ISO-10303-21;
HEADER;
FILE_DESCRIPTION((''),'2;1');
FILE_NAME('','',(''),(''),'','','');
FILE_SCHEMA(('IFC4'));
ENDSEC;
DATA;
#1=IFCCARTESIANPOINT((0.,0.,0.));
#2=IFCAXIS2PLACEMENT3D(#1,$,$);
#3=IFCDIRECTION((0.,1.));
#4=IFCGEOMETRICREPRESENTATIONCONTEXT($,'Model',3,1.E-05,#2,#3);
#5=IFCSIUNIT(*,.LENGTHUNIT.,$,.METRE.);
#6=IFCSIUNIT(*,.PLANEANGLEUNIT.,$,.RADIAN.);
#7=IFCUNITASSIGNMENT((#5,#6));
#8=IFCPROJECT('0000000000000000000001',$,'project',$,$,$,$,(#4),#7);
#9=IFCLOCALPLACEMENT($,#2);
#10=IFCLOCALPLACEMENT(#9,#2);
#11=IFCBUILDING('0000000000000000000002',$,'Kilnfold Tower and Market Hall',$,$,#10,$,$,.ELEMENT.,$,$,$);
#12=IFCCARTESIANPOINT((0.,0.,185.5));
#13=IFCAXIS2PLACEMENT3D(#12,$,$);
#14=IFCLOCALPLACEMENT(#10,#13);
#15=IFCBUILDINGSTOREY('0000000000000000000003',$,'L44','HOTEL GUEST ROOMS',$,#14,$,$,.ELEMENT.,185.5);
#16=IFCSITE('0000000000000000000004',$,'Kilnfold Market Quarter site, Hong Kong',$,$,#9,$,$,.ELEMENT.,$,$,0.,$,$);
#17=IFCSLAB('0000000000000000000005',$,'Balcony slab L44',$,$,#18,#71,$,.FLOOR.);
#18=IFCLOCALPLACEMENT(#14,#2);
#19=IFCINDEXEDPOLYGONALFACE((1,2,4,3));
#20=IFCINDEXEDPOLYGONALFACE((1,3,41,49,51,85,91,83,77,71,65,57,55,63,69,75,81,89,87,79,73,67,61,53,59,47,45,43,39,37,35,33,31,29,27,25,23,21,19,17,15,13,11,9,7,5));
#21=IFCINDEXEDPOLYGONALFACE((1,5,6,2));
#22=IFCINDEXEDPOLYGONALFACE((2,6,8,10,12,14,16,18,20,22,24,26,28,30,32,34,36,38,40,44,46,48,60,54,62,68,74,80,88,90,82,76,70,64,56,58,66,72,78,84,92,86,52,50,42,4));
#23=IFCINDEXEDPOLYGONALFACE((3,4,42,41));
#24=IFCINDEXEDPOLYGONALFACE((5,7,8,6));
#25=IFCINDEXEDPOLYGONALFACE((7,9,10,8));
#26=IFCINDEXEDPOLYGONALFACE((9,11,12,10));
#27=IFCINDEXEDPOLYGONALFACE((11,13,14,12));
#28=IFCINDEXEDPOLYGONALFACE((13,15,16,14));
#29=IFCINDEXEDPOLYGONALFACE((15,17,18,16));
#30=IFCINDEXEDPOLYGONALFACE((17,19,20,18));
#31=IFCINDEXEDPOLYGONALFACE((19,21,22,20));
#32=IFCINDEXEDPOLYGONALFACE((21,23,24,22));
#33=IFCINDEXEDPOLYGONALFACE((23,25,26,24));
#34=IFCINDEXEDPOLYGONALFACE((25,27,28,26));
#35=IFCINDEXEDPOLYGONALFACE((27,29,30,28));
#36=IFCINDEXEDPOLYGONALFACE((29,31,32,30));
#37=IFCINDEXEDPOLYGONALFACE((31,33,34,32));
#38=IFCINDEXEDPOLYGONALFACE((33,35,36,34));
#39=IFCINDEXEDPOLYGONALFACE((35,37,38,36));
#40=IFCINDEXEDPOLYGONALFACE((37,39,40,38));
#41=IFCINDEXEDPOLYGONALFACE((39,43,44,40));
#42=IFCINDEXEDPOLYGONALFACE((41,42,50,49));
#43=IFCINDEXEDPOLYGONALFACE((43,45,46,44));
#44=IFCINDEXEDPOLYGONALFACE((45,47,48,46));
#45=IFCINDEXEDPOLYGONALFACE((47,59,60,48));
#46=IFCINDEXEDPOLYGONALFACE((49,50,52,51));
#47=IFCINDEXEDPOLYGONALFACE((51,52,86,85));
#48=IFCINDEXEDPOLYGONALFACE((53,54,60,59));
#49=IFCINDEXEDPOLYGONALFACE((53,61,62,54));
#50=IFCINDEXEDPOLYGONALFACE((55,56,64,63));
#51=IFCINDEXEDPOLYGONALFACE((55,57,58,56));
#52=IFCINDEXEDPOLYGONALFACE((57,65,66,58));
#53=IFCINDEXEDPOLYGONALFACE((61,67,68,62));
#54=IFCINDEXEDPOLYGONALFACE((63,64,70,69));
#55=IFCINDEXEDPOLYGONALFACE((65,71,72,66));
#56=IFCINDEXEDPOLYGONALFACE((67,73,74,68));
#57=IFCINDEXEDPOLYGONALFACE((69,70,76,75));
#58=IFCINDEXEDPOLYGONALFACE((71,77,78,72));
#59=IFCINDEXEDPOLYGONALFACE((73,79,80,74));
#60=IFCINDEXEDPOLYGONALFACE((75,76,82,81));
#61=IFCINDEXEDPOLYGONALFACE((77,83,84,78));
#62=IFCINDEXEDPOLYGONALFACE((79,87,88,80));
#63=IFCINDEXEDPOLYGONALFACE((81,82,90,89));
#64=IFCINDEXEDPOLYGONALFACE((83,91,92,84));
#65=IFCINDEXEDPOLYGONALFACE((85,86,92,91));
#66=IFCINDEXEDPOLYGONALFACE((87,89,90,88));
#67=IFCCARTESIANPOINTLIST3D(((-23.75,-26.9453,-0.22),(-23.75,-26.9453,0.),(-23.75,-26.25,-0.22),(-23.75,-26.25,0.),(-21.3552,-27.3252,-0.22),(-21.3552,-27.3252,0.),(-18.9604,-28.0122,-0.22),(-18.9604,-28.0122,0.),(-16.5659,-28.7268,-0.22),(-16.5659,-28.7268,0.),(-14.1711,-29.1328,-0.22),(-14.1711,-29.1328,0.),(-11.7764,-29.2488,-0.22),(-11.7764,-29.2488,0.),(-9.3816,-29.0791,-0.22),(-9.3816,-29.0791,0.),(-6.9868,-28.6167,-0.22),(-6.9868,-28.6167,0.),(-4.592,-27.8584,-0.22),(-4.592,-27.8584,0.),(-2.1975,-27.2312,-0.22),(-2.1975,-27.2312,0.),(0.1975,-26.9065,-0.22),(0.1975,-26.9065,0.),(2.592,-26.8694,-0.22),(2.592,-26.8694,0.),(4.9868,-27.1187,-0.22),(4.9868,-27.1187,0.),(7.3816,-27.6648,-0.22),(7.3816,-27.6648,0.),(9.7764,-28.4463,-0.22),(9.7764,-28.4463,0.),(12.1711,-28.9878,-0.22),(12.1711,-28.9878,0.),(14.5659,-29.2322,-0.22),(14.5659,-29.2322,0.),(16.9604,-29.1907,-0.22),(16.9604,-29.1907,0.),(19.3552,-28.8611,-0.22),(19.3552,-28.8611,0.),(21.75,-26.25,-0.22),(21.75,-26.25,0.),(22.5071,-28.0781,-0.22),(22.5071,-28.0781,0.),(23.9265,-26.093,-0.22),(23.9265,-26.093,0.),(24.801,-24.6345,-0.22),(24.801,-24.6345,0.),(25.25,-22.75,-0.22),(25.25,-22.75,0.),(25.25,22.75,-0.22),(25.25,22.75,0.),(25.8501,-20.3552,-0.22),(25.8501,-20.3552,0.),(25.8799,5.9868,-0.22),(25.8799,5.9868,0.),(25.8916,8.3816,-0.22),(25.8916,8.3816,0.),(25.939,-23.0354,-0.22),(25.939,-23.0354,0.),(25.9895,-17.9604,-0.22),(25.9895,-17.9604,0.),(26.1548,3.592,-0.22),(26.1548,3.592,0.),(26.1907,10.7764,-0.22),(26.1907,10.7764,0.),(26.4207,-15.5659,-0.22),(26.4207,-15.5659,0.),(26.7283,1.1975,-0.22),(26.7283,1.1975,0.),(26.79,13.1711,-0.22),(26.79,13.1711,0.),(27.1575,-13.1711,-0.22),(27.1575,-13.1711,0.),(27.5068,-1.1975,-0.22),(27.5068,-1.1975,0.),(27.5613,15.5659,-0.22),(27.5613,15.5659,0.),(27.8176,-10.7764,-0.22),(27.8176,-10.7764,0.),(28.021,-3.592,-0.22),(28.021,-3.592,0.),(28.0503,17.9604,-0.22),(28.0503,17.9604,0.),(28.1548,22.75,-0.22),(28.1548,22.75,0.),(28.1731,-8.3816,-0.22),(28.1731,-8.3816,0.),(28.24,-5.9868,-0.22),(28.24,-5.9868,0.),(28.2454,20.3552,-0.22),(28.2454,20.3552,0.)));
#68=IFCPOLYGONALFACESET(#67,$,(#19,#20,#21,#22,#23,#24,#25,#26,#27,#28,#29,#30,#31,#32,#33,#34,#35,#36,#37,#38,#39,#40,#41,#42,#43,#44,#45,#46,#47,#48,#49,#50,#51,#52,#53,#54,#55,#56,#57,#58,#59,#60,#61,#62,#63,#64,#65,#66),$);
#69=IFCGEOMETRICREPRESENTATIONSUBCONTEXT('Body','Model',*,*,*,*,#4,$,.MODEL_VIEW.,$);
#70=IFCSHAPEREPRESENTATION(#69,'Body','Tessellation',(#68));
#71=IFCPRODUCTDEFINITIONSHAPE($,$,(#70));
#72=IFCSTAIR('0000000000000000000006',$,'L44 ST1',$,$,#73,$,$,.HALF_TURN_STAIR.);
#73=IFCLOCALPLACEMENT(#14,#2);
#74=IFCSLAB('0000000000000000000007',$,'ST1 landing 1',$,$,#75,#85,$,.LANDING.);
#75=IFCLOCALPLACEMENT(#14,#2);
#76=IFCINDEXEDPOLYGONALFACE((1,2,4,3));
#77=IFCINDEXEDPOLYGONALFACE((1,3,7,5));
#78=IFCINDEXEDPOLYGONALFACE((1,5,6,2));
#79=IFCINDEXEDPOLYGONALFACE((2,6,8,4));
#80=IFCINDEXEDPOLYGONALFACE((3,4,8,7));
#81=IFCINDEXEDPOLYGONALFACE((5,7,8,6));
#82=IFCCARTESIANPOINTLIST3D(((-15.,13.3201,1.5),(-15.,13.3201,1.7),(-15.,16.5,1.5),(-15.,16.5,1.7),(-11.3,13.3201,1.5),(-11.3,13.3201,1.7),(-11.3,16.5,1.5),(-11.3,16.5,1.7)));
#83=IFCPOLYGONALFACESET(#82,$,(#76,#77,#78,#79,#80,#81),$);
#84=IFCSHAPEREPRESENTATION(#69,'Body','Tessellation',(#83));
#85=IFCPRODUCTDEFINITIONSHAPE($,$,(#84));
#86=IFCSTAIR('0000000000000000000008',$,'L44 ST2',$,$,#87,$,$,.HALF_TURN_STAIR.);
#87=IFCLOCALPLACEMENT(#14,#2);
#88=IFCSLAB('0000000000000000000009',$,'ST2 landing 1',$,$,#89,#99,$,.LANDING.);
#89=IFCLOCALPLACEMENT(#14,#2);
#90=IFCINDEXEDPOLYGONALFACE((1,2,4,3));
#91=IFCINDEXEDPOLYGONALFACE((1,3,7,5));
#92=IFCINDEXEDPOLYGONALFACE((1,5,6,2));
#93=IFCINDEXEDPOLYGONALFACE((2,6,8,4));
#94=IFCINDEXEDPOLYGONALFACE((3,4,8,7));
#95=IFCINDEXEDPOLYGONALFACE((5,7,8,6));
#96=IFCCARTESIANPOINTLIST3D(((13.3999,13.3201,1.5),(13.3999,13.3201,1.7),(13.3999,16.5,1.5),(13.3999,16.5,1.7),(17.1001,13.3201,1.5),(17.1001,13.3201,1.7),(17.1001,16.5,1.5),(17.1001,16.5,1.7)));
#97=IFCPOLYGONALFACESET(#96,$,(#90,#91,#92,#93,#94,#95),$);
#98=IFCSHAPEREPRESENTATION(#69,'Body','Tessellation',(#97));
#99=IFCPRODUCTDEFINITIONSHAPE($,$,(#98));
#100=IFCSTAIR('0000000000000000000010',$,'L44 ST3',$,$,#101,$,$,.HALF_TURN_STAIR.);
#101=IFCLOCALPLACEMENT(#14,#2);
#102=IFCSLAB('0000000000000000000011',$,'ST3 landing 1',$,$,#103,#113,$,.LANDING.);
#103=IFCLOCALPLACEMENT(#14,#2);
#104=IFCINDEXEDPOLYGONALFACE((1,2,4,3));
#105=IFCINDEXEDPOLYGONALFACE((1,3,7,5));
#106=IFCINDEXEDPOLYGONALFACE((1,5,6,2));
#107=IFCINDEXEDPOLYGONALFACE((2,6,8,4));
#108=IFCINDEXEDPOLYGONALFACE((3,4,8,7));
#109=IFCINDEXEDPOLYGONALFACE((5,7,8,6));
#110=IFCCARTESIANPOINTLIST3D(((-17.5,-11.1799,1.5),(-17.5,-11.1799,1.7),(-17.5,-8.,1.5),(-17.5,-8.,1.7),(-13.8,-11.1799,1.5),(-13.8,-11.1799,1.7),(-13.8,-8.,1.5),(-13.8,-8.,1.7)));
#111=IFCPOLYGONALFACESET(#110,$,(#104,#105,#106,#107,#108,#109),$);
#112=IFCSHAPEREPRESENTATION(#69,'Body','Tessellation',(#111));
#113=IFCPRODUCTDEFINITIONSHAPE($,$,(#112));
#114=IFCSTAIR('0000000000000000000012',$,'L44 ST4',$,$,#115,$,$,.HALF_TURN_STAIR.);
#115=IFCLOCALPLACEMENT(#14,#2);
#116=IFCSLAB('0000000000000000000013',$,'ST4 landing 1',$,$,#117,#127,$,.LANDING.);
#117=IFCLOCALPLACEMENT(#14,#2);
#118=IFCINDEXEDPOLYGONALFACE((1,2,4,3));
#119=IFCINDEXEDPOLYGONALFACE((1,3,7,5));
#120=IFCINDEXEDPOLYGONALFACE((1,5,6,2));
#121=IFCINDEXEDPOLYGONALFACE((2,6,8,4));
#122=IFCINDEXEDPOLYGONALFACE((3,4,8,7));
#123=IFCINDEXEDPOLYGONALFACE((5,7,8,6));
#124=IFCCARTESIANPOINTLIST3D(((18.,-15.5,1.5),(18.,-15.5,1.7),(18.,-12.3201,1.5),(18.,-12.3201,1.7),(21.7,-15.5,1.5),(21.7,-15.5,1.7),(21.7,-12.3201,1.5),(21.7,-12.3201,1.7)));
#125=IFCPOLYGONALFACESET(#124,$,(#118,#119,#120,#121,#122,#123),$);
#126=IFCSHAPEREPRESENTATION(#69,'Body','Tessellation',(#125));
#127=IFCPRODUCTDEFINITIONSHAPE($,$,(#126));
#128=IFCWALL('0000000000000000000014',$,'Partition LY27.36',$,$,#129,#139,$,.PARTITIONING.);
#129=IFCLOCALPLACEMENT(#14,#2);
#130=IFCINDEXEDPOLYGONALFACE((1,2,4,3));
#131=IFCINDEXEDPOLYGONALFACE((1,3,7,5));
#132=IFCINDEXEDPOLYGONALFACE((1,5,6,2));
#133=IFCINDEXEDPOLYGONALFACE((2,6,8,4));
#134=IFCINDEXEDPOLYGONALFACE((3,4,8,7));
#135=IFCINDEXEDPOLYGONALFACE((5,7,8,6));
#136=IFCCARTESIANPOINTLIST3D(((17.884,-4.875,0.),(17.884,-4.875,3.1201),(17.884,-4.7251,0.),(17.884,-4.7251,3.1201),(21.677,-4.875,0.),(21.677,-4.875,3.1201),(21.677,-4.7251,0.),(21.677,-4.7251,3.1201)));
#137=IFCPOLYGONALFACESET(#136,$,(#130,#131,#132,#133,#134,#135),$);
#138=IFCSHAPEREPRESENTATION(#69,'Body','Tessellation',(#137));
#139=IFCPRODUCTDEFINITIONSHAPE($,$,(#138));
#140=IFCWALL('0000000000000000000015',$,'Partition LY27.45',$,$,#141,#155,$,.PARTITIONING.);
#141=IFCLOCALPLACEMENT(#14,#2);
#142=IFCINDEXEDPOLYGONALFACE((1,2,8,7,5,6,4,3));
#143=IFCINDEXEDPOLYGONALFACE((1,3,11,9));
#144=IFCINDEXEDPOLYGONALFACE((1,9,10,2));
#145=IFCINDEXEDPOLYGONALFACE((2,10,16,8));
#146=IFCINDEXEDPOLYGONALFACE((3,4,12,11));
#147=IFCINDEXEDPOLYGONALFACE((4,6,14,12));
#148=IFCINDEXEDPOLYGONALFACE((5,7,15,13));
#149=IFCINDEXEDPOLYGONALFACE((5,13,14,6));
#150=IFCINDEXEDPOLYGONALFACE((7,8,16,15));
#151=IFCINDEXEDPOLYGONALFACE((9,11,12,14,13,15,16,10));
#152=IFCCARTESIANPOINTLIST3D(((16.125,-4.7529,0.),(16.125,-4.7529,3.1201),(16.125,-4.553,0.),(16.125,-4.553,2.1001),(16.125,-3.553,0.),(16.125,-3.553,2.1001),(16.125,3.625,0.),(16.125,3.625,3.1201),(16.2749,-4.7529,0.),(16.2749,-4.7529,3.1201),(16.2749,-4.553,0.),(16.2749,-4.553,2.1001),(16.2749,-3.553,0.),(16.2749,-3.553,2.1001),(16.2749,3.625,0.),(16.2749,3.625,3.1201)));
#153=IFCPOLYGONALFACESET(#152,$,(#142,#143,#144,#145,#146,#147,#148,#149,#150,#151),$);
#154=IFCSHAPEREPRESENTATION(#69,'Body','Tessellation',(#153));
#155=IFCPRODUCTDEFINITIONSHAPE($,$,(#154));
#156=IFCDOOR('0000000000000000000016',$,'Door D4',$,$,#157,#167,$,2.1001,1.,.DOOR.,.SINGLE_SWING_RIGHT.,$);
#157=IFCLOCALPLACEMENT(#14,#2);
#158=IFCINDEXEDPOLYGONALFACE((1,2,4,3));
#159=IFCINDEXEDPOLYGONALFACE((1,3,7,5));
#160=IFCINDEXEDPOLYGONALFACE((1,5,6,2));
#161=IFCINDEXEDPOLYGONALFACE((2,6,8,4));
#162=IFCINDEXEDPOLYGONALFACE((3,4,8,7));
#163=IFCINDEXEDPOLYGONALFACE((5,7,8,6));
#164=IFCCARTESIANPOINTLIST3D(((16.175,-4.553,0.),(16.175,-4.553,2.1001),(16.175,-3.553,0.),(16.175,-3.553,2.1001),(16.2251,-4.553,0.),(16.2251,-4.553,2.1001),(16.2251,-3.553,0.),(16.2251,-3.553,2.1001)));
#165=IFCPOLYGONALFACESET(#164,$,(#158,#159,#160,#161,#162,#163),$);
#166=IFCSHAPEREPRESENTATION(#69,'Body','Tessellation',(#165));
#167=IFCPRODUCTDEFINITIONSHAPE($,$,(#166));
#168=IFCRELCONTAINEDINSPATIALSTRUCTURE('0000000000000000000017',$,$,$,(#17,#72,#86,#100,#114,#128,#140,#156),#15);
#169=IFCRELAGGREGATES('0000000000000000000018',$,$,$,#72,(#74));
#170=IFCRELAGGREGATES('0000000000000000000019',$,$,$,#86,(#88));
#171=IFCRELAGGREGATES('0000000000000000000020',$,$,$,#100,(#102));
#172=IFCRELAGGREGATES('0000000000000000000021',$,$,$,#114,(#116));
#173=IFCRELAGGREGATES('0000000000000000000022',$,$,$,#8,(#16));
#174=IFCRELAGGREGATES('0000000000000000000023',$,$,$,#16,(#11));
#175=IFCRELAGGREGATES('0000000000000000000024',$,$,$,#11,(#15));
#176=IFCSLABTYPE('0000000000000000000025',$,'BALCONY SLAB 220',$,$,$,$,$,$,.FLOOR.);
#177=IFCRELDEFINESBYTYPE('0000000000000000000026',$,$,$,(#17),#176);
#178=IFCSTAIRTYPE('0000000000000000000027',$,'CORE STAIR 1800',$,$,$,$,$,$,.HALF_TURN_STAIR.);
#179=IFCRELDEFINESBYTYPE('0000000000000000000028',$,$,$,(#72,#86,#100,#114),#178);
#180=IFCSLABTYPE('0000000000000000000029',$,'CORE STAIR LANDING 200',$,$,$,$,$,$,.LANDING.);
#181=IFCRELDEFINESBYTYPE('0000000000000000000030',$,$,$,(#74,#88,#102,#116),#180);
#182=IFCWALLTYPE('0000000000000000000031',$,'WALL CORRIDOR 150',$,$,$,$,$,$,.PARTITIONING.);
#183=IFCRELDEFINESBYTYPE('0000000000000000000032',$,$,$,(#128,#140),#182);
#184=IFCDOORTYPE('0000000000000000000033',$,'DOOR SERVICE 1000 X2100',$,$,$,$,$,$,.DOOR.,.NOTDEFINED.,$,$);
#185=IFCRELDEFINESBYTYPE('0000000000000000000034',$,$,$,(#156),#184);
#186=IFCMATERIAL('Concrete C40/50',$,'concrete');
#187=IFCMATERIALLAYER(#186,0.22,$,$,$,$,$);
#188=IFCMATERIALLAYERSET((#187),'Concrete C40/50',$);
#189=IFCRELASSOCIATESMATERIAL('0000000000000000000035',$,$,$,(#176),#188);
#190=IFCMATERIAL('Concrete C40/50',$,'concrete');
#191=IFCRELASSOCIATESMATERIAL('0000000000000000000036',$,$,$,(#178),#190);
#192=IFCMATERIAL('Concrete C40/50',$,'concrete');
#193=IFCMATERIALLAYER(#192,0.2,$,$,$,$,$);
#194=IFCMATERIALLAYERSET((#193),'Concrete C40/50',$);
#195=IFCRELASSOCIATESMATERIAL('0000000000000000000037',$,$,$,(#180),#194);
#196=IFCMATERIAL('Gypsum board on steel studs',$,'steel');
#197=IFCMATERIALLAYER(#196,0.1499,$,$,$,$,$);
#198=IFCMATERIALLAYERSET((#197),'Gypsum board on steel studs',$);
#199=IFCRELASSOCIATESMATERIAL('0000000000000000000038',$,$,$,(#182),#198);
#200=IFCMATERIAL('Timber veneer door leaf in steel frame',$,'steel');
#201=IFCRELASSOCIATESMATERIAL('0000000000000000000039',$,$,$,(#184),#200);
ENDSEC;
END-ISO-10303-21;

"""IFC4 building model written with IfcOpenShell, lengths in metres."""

from ifc_helpers import new_model, si_unit, direction, frame, frame_2d, origin, place, context, subcontext, project, spatial, polyline, rectangle, outline, extrude, source, transform, mapped, material, layer, layer_set, type_object, element, fill, aggregate, save


model = new_model("IFC4")

# Units and contexts
model_context = context("Model", 3, precision=1e-05, world=origin(), true_north=direction((0.0, 1.0)))
body_context = subcontext(model_context, "Body", "Model", "MODEL_VIEW")
ifc_project = project(units=[si_unit("LENGTHUNIT", "METRE"), si_unit("PLANEANGLEUNIT", "RADIAN")], contexts=[model_context])

# Site, building, storey
site_placement = place(None, origin())
site = spatial("IfcSite", under=ifc_project, at=site_placement, Name="Kilnfold Market Quarter site, Hong Kong", CompositionType="ELEMENT", RefElevation=0.0)
building_placement = place(site_placement, origin())
building = spatial("IfcBuilding", under=site, at=building_placement, Name="Kilnfold Tower and Market Hall", CompositionType="ELEMENT")
storey_placement = place(building_placement, frame((0.0, 0.0, 185.5)))
storey = spatial("IfcBuildingStorey", under=building, at=storey_placement, Name="L44", Description="HOTEL GUEST ROOMS", CompositionType="ELEMENT", Elevation=185.5)

# Slab
ifc_material_1 = material(Name="Concrete C40/50", Category="concrete")
ifc_layer_1 = layer(ifc_material_1, 0.22)
ifc_layer_set_1 = layer_set([ifc_layer_1], Name="Concrete C40/50")
slab_type_1 = type_object("IfcSlabType", Name="BALCONY SLAB 220", PredefinedType="FLOOR", material=ifc_layer_set_1)
shared_shape_1 = source(origin(), body_context, "Body", "SweptSolid", [
    extrude(outline(polyline([(-23.75, -26.25), (21.75, -26.25), (25.25, -22.75), (25.25, 22.75), (28.1548, 22.75), (28.2454, 20.3552), (28.0503, 17.9604), (27.5613, 15.5659), (26.79, 13.1711), (26.1907, 10.7764), (25.8916, 8.3816), (25.8799, 5.9868), (26.1548, 3.592), (26.7283, 1.1975), (27.5068, -1.1975), (28.021, -3.592), (28.24, -5.9868), (28.1731, -8.3816), (27.8176, -10.7764), (27.1575, -13.1711), (26.4207, -15.5659), (25.9895, -17.9604), (25.8501, -20.3552), (25.939, -23.0354), (24.801, -24.6345), (23.9265, -26.093), (22.5071, -28.0781), (19.3552, -28.8611), (16.9604, -29.1907), (14.5659, -29.2322), (12.1711, -28.9878), (9.7764, -28.4463), (7.3816, -27.6648), (4.9868, -27.1187), (2.592, -26.8694), (0.1975, -26.9065), (-2.1975, -27.2312), (-4.592, -27.8584), (-6.9868, -28.6167), (-9.3816, -29.0791), (-11.7764, -29.2488), (-14.1711, -29.1328), (-16.5659, -28.7268), (-18.9604, -28.0122), (-21.3552, -27.3252), (-23.75, -26.9453), (-23.75, -26.25)])), origin(), (0.0, 0.0, 1.0), 0.22),
])
slab_1_placement = place(storey_placement, frame((0.0, 0.0, -0.22)))
element("IfcSlab", 1, at=slab_1_placement, inside=storey, type_object=slab_type_1, Name="Balcony slab L44", PredefinedType="FLOOR", context=body_context, shape_type="MappedRepresentation", body=[
    mapped(shared_shape_1, transform((0.0, 0.0, 0.0))),
])

# Stairs, slabs
ifc_material_2 = material(Name="Concrete C40/50", Category="concrete")
stair_type = type_object("IfcStairType", Name="CORE STAIR 1800", PredefinedType="HALF_TURN_STAIR", material=ifc_material_2)
stair_1_placement = place(storey_placement, origin())
stair_1 = element("IfcStair", 2, at=stair_1_placement, inside=storey, type_object=stair_type, Name="L44 ST1", PredefinedType="HALF_TURN_STAIR")
ifc_material_3 = material(Name="Concrete C40/50", Category="concrete")
ifc_layer_2 = layer(ifc_material_3, 0.2)
ifc_layer_set_2 = layer_set([ifc_layer_2], Name="Concrete C40/50")
slab_type_2 = type_object("IfcSlabType", Name="CORE STAIR LANDING 200", PredefinedType="LANDING", material=ifc_layer_set_2)
shared_shape_2 = source(origin(), body_context, "Body", "SweptSolid", [
    extrude(outline(polyline([(-11.3, 13.3201), (-11.3, 16.5), (-15.0, 16.5), (-15.0, 13.3201), (-11.3, 13.3201)])), origin(), (0.0, 0.0, 1.0), 0.2),
])
slab_2_placement = place(storey_placement, frame((0.0, 0.0, 1.5)))
slab_2 = element("IfcSlab", 3, at=slab_2_placement, type_object=slab_type_2, Name="ST1 landing 1", PredefinedType="LANDING", context=body_context, shape_type="MappedRepresentation", body=[
    mapped(shared_shape_2, transform((0.0, 0.0, 0.0))),
])
aggregate(stair_1, [slab_2])
stair_2_placement = place(storey_placement, origin())
stair_2 = element("IfcStair", 4, at=stair_2_placement, inside=storey, type_object=stair_type, Name="L44 ST2", PredefinedType="HALF_TURN_STAIR")
shared_shape_3 = source(origin(), body_context, "Body", "SweptSolid", [
    extrude(outline(polyline([(17.1001, 13.3201), (17.1001, 16.5), (13.3999, 16.5), (13.3999, 13.3201), (17.1001, 13.3201)])), origin(), (0.0, 0.0, 1.0), 0.2),
])
slab_3_placement = place(storey_placement, frame((0.0, 0.0, 1.5)))
slab_3 = element("IfcSlab", 5, at=slab_3_placement, type_object=slab_type_2, Name="ST2 landing 1", PredefinedType="LANDING", context=body_context, shape_type="MappedRepresentation", body=[
    mapped(shared_shape_3, transform((0.0, 0.0, 0.0))),
])
aggregate(stair_2, [slab_3])
stair_3_placement = place(storey_placement, origin())
stair_3 = element("IfcStair", 6, at=stair_3_placement, inside=storey, type_object=stair_type, Name="L44 ST3", PredefinedType="HALF_TURN_STAIR")
shared_shape_4 = source(origin(), body_context, "Body", "SweptSolid", [
    extrude(outline(polyline([(-13.8, -11.1799), (-13.8, -8.0), (-17.5, -8.0), (-17.5, -11.1799), (-13.8, -11.1799)])), origin(), (0.0, 0.0, 1.0), 0.2),
])
slab_4_placement = place(storey_placement, frame((0.0, 0.0, 1.5)))
slab_4 = element("IfcSlab", 7, at=slab_4_placement, type_object=slab_type_2, Name="ST3 landing 1", PredefinedType="LANDING", context=body_context, shape_type="MappedRepresentation", body=[
    mapped(shared_shape_4, transform((0.0, 0.0, 0.0))),
])
aggregate(stair_3, [slab_4])
stair_4_placement = place(storey_placement, origin())
stair_4 = element("IfcStair", 8, at=stair_4_placement, inside=storey, type_object=stair_type, Name="L44 ST4", PredefinedType="HALF_TURN_STAIR")
shared_shape_5 = source(origin(), body_context, "Body", "SweptSolid", [
    extrude(outline(polyline([(18.0, -12.3201), (18.0, -15.5), (21.7, -15.5), (21.7, -12.3201), (18.0, -12.3201)])), origin(), (0.0, 0.0, 1.0), 0.2),
])
slab_5_placement = place(storey_placement, frame((0.0, 0.0, 1.5)))
slab_5 = element("IfcSlab", 9, at=slab_5_placement, type_object=slab_type_2, Name="ST4 landing 1", PredefinedType="LANDING", context=body_context, shape_type="MappedRepresentation", body=[
    mapped(shared_shape_5, transform((0.0, 0.0, 0.0))),
])
aggregate(stair_4, [slab_5])

# Wall
ifc_material_4 = material(Name="Gypsum board on steel studs", Category="steel")
ifc_layer_3 = layer(ifc_material_4, 0.1499)
ifc_layer_set_3 = layer_set([ifc_layer_3], Name="Gypsum board on steel studs")
wall_type_1 = type_object("IfcWallType", Name="WALL CORRIDOR 150", PredefinedType="PARTITIONING", material=ifc_layer_set_3)
wall_1_placement = place(storey_placement, frame((17.884, -4.8, 0.0), z_axis=(0.0, 0.0, 1.0), x_axis=(1.0, 0.0, 0.0)))
element("IfcWall", 10, at=wall_1_placement, inside=storey, type_object=wall_type_1, Name="Partition LY27.36", PredefinedType="PARTITIONING", context=body_context, shape_type="SweptSolid", body=[
    extrude(rectangle(XDim=3.793, YDim=0.1499, at=frame_2d((1.8965, 0.0))), origin(), (0.0, 0.0, 1.0), 3.1201),
])

# Wall, opening, door
wall_2_placement = place(storey_placement, frame((16.2, -4.7529, 0.0), z_axis=(0.0, 0.0, 1.0), x_axis=(0.0, 1.0, 0.0)))
wall_2 = element("IfcWall", 11, at=wall_2_placement, inside=storey, type_object=wall_type_1, Name="Partition LY27.45", PredefinedType="PARTITIONING", context=body_context, shape_type="SweptSolid", body=[
    extrude(rectangle(XDim=8.3779, YDim=0.1499, at=frame_2d((4.189, 0.0))), origin(), (0.0, 0.0, 1.0), 3.1201),
])
opening_1_placement = place(wall_2_placement, frame((0.2, 0.0, 0.0)))
opening_1 = element("IfcOpeningElement", 12, at=opening_1_placement, cuts=wall_2, PredefinedType="OPENING", context=body_context, shape_type="SweptSolid", body=[
    extrude(rectangle(XDim=1.0, YDim=2.1001, at=frame_2d((0.5, 1.05))), frame((0.0, 0.085, 0.0), z_axis=(0.0, -1.0, 0.0), x_axis=(1.0, 0.0, 0.0)), (0.0, 0.0, 1.0), 0.1699),
])
ifc_material_5 = material(Name="Timber veneer door leaf in steel frame", Category="steel")
door_type_1 = type_object("IfcDoorType", Name="DOOR SERVICE 1000 X2100", OperationType="NOTDEFINED", PredefinedType="DOOR", material=ifc_material_5)
door_1_placement = place(opening_1_placement, origin())
door_1 = element("IfcDoor", 13, at=door_1_placement, inside=storey, type_object=door_type_1, Name="Door D4", OperationType="SINGLE_SWING_RIGHT", OverallHeight=2.1001, OverallWidth=1.0, PredefinedType="DOOR", context=body_context, shape_type="SweptSolid", body=[
    extrude(rectangle(XDim=1.0, YDim=2.1001, at=frame_2d((0.5, 1.05))), frame((0.0, 0.0249, 0.0), z_axis=(0.0, -1.0, 0.0), x_axis=(1.0, 0.0, 0.0)), (0.0, 0.0, 1.0), 0.05),
])
fill(opening_1, door_1)

save(model, "model.ifc")
